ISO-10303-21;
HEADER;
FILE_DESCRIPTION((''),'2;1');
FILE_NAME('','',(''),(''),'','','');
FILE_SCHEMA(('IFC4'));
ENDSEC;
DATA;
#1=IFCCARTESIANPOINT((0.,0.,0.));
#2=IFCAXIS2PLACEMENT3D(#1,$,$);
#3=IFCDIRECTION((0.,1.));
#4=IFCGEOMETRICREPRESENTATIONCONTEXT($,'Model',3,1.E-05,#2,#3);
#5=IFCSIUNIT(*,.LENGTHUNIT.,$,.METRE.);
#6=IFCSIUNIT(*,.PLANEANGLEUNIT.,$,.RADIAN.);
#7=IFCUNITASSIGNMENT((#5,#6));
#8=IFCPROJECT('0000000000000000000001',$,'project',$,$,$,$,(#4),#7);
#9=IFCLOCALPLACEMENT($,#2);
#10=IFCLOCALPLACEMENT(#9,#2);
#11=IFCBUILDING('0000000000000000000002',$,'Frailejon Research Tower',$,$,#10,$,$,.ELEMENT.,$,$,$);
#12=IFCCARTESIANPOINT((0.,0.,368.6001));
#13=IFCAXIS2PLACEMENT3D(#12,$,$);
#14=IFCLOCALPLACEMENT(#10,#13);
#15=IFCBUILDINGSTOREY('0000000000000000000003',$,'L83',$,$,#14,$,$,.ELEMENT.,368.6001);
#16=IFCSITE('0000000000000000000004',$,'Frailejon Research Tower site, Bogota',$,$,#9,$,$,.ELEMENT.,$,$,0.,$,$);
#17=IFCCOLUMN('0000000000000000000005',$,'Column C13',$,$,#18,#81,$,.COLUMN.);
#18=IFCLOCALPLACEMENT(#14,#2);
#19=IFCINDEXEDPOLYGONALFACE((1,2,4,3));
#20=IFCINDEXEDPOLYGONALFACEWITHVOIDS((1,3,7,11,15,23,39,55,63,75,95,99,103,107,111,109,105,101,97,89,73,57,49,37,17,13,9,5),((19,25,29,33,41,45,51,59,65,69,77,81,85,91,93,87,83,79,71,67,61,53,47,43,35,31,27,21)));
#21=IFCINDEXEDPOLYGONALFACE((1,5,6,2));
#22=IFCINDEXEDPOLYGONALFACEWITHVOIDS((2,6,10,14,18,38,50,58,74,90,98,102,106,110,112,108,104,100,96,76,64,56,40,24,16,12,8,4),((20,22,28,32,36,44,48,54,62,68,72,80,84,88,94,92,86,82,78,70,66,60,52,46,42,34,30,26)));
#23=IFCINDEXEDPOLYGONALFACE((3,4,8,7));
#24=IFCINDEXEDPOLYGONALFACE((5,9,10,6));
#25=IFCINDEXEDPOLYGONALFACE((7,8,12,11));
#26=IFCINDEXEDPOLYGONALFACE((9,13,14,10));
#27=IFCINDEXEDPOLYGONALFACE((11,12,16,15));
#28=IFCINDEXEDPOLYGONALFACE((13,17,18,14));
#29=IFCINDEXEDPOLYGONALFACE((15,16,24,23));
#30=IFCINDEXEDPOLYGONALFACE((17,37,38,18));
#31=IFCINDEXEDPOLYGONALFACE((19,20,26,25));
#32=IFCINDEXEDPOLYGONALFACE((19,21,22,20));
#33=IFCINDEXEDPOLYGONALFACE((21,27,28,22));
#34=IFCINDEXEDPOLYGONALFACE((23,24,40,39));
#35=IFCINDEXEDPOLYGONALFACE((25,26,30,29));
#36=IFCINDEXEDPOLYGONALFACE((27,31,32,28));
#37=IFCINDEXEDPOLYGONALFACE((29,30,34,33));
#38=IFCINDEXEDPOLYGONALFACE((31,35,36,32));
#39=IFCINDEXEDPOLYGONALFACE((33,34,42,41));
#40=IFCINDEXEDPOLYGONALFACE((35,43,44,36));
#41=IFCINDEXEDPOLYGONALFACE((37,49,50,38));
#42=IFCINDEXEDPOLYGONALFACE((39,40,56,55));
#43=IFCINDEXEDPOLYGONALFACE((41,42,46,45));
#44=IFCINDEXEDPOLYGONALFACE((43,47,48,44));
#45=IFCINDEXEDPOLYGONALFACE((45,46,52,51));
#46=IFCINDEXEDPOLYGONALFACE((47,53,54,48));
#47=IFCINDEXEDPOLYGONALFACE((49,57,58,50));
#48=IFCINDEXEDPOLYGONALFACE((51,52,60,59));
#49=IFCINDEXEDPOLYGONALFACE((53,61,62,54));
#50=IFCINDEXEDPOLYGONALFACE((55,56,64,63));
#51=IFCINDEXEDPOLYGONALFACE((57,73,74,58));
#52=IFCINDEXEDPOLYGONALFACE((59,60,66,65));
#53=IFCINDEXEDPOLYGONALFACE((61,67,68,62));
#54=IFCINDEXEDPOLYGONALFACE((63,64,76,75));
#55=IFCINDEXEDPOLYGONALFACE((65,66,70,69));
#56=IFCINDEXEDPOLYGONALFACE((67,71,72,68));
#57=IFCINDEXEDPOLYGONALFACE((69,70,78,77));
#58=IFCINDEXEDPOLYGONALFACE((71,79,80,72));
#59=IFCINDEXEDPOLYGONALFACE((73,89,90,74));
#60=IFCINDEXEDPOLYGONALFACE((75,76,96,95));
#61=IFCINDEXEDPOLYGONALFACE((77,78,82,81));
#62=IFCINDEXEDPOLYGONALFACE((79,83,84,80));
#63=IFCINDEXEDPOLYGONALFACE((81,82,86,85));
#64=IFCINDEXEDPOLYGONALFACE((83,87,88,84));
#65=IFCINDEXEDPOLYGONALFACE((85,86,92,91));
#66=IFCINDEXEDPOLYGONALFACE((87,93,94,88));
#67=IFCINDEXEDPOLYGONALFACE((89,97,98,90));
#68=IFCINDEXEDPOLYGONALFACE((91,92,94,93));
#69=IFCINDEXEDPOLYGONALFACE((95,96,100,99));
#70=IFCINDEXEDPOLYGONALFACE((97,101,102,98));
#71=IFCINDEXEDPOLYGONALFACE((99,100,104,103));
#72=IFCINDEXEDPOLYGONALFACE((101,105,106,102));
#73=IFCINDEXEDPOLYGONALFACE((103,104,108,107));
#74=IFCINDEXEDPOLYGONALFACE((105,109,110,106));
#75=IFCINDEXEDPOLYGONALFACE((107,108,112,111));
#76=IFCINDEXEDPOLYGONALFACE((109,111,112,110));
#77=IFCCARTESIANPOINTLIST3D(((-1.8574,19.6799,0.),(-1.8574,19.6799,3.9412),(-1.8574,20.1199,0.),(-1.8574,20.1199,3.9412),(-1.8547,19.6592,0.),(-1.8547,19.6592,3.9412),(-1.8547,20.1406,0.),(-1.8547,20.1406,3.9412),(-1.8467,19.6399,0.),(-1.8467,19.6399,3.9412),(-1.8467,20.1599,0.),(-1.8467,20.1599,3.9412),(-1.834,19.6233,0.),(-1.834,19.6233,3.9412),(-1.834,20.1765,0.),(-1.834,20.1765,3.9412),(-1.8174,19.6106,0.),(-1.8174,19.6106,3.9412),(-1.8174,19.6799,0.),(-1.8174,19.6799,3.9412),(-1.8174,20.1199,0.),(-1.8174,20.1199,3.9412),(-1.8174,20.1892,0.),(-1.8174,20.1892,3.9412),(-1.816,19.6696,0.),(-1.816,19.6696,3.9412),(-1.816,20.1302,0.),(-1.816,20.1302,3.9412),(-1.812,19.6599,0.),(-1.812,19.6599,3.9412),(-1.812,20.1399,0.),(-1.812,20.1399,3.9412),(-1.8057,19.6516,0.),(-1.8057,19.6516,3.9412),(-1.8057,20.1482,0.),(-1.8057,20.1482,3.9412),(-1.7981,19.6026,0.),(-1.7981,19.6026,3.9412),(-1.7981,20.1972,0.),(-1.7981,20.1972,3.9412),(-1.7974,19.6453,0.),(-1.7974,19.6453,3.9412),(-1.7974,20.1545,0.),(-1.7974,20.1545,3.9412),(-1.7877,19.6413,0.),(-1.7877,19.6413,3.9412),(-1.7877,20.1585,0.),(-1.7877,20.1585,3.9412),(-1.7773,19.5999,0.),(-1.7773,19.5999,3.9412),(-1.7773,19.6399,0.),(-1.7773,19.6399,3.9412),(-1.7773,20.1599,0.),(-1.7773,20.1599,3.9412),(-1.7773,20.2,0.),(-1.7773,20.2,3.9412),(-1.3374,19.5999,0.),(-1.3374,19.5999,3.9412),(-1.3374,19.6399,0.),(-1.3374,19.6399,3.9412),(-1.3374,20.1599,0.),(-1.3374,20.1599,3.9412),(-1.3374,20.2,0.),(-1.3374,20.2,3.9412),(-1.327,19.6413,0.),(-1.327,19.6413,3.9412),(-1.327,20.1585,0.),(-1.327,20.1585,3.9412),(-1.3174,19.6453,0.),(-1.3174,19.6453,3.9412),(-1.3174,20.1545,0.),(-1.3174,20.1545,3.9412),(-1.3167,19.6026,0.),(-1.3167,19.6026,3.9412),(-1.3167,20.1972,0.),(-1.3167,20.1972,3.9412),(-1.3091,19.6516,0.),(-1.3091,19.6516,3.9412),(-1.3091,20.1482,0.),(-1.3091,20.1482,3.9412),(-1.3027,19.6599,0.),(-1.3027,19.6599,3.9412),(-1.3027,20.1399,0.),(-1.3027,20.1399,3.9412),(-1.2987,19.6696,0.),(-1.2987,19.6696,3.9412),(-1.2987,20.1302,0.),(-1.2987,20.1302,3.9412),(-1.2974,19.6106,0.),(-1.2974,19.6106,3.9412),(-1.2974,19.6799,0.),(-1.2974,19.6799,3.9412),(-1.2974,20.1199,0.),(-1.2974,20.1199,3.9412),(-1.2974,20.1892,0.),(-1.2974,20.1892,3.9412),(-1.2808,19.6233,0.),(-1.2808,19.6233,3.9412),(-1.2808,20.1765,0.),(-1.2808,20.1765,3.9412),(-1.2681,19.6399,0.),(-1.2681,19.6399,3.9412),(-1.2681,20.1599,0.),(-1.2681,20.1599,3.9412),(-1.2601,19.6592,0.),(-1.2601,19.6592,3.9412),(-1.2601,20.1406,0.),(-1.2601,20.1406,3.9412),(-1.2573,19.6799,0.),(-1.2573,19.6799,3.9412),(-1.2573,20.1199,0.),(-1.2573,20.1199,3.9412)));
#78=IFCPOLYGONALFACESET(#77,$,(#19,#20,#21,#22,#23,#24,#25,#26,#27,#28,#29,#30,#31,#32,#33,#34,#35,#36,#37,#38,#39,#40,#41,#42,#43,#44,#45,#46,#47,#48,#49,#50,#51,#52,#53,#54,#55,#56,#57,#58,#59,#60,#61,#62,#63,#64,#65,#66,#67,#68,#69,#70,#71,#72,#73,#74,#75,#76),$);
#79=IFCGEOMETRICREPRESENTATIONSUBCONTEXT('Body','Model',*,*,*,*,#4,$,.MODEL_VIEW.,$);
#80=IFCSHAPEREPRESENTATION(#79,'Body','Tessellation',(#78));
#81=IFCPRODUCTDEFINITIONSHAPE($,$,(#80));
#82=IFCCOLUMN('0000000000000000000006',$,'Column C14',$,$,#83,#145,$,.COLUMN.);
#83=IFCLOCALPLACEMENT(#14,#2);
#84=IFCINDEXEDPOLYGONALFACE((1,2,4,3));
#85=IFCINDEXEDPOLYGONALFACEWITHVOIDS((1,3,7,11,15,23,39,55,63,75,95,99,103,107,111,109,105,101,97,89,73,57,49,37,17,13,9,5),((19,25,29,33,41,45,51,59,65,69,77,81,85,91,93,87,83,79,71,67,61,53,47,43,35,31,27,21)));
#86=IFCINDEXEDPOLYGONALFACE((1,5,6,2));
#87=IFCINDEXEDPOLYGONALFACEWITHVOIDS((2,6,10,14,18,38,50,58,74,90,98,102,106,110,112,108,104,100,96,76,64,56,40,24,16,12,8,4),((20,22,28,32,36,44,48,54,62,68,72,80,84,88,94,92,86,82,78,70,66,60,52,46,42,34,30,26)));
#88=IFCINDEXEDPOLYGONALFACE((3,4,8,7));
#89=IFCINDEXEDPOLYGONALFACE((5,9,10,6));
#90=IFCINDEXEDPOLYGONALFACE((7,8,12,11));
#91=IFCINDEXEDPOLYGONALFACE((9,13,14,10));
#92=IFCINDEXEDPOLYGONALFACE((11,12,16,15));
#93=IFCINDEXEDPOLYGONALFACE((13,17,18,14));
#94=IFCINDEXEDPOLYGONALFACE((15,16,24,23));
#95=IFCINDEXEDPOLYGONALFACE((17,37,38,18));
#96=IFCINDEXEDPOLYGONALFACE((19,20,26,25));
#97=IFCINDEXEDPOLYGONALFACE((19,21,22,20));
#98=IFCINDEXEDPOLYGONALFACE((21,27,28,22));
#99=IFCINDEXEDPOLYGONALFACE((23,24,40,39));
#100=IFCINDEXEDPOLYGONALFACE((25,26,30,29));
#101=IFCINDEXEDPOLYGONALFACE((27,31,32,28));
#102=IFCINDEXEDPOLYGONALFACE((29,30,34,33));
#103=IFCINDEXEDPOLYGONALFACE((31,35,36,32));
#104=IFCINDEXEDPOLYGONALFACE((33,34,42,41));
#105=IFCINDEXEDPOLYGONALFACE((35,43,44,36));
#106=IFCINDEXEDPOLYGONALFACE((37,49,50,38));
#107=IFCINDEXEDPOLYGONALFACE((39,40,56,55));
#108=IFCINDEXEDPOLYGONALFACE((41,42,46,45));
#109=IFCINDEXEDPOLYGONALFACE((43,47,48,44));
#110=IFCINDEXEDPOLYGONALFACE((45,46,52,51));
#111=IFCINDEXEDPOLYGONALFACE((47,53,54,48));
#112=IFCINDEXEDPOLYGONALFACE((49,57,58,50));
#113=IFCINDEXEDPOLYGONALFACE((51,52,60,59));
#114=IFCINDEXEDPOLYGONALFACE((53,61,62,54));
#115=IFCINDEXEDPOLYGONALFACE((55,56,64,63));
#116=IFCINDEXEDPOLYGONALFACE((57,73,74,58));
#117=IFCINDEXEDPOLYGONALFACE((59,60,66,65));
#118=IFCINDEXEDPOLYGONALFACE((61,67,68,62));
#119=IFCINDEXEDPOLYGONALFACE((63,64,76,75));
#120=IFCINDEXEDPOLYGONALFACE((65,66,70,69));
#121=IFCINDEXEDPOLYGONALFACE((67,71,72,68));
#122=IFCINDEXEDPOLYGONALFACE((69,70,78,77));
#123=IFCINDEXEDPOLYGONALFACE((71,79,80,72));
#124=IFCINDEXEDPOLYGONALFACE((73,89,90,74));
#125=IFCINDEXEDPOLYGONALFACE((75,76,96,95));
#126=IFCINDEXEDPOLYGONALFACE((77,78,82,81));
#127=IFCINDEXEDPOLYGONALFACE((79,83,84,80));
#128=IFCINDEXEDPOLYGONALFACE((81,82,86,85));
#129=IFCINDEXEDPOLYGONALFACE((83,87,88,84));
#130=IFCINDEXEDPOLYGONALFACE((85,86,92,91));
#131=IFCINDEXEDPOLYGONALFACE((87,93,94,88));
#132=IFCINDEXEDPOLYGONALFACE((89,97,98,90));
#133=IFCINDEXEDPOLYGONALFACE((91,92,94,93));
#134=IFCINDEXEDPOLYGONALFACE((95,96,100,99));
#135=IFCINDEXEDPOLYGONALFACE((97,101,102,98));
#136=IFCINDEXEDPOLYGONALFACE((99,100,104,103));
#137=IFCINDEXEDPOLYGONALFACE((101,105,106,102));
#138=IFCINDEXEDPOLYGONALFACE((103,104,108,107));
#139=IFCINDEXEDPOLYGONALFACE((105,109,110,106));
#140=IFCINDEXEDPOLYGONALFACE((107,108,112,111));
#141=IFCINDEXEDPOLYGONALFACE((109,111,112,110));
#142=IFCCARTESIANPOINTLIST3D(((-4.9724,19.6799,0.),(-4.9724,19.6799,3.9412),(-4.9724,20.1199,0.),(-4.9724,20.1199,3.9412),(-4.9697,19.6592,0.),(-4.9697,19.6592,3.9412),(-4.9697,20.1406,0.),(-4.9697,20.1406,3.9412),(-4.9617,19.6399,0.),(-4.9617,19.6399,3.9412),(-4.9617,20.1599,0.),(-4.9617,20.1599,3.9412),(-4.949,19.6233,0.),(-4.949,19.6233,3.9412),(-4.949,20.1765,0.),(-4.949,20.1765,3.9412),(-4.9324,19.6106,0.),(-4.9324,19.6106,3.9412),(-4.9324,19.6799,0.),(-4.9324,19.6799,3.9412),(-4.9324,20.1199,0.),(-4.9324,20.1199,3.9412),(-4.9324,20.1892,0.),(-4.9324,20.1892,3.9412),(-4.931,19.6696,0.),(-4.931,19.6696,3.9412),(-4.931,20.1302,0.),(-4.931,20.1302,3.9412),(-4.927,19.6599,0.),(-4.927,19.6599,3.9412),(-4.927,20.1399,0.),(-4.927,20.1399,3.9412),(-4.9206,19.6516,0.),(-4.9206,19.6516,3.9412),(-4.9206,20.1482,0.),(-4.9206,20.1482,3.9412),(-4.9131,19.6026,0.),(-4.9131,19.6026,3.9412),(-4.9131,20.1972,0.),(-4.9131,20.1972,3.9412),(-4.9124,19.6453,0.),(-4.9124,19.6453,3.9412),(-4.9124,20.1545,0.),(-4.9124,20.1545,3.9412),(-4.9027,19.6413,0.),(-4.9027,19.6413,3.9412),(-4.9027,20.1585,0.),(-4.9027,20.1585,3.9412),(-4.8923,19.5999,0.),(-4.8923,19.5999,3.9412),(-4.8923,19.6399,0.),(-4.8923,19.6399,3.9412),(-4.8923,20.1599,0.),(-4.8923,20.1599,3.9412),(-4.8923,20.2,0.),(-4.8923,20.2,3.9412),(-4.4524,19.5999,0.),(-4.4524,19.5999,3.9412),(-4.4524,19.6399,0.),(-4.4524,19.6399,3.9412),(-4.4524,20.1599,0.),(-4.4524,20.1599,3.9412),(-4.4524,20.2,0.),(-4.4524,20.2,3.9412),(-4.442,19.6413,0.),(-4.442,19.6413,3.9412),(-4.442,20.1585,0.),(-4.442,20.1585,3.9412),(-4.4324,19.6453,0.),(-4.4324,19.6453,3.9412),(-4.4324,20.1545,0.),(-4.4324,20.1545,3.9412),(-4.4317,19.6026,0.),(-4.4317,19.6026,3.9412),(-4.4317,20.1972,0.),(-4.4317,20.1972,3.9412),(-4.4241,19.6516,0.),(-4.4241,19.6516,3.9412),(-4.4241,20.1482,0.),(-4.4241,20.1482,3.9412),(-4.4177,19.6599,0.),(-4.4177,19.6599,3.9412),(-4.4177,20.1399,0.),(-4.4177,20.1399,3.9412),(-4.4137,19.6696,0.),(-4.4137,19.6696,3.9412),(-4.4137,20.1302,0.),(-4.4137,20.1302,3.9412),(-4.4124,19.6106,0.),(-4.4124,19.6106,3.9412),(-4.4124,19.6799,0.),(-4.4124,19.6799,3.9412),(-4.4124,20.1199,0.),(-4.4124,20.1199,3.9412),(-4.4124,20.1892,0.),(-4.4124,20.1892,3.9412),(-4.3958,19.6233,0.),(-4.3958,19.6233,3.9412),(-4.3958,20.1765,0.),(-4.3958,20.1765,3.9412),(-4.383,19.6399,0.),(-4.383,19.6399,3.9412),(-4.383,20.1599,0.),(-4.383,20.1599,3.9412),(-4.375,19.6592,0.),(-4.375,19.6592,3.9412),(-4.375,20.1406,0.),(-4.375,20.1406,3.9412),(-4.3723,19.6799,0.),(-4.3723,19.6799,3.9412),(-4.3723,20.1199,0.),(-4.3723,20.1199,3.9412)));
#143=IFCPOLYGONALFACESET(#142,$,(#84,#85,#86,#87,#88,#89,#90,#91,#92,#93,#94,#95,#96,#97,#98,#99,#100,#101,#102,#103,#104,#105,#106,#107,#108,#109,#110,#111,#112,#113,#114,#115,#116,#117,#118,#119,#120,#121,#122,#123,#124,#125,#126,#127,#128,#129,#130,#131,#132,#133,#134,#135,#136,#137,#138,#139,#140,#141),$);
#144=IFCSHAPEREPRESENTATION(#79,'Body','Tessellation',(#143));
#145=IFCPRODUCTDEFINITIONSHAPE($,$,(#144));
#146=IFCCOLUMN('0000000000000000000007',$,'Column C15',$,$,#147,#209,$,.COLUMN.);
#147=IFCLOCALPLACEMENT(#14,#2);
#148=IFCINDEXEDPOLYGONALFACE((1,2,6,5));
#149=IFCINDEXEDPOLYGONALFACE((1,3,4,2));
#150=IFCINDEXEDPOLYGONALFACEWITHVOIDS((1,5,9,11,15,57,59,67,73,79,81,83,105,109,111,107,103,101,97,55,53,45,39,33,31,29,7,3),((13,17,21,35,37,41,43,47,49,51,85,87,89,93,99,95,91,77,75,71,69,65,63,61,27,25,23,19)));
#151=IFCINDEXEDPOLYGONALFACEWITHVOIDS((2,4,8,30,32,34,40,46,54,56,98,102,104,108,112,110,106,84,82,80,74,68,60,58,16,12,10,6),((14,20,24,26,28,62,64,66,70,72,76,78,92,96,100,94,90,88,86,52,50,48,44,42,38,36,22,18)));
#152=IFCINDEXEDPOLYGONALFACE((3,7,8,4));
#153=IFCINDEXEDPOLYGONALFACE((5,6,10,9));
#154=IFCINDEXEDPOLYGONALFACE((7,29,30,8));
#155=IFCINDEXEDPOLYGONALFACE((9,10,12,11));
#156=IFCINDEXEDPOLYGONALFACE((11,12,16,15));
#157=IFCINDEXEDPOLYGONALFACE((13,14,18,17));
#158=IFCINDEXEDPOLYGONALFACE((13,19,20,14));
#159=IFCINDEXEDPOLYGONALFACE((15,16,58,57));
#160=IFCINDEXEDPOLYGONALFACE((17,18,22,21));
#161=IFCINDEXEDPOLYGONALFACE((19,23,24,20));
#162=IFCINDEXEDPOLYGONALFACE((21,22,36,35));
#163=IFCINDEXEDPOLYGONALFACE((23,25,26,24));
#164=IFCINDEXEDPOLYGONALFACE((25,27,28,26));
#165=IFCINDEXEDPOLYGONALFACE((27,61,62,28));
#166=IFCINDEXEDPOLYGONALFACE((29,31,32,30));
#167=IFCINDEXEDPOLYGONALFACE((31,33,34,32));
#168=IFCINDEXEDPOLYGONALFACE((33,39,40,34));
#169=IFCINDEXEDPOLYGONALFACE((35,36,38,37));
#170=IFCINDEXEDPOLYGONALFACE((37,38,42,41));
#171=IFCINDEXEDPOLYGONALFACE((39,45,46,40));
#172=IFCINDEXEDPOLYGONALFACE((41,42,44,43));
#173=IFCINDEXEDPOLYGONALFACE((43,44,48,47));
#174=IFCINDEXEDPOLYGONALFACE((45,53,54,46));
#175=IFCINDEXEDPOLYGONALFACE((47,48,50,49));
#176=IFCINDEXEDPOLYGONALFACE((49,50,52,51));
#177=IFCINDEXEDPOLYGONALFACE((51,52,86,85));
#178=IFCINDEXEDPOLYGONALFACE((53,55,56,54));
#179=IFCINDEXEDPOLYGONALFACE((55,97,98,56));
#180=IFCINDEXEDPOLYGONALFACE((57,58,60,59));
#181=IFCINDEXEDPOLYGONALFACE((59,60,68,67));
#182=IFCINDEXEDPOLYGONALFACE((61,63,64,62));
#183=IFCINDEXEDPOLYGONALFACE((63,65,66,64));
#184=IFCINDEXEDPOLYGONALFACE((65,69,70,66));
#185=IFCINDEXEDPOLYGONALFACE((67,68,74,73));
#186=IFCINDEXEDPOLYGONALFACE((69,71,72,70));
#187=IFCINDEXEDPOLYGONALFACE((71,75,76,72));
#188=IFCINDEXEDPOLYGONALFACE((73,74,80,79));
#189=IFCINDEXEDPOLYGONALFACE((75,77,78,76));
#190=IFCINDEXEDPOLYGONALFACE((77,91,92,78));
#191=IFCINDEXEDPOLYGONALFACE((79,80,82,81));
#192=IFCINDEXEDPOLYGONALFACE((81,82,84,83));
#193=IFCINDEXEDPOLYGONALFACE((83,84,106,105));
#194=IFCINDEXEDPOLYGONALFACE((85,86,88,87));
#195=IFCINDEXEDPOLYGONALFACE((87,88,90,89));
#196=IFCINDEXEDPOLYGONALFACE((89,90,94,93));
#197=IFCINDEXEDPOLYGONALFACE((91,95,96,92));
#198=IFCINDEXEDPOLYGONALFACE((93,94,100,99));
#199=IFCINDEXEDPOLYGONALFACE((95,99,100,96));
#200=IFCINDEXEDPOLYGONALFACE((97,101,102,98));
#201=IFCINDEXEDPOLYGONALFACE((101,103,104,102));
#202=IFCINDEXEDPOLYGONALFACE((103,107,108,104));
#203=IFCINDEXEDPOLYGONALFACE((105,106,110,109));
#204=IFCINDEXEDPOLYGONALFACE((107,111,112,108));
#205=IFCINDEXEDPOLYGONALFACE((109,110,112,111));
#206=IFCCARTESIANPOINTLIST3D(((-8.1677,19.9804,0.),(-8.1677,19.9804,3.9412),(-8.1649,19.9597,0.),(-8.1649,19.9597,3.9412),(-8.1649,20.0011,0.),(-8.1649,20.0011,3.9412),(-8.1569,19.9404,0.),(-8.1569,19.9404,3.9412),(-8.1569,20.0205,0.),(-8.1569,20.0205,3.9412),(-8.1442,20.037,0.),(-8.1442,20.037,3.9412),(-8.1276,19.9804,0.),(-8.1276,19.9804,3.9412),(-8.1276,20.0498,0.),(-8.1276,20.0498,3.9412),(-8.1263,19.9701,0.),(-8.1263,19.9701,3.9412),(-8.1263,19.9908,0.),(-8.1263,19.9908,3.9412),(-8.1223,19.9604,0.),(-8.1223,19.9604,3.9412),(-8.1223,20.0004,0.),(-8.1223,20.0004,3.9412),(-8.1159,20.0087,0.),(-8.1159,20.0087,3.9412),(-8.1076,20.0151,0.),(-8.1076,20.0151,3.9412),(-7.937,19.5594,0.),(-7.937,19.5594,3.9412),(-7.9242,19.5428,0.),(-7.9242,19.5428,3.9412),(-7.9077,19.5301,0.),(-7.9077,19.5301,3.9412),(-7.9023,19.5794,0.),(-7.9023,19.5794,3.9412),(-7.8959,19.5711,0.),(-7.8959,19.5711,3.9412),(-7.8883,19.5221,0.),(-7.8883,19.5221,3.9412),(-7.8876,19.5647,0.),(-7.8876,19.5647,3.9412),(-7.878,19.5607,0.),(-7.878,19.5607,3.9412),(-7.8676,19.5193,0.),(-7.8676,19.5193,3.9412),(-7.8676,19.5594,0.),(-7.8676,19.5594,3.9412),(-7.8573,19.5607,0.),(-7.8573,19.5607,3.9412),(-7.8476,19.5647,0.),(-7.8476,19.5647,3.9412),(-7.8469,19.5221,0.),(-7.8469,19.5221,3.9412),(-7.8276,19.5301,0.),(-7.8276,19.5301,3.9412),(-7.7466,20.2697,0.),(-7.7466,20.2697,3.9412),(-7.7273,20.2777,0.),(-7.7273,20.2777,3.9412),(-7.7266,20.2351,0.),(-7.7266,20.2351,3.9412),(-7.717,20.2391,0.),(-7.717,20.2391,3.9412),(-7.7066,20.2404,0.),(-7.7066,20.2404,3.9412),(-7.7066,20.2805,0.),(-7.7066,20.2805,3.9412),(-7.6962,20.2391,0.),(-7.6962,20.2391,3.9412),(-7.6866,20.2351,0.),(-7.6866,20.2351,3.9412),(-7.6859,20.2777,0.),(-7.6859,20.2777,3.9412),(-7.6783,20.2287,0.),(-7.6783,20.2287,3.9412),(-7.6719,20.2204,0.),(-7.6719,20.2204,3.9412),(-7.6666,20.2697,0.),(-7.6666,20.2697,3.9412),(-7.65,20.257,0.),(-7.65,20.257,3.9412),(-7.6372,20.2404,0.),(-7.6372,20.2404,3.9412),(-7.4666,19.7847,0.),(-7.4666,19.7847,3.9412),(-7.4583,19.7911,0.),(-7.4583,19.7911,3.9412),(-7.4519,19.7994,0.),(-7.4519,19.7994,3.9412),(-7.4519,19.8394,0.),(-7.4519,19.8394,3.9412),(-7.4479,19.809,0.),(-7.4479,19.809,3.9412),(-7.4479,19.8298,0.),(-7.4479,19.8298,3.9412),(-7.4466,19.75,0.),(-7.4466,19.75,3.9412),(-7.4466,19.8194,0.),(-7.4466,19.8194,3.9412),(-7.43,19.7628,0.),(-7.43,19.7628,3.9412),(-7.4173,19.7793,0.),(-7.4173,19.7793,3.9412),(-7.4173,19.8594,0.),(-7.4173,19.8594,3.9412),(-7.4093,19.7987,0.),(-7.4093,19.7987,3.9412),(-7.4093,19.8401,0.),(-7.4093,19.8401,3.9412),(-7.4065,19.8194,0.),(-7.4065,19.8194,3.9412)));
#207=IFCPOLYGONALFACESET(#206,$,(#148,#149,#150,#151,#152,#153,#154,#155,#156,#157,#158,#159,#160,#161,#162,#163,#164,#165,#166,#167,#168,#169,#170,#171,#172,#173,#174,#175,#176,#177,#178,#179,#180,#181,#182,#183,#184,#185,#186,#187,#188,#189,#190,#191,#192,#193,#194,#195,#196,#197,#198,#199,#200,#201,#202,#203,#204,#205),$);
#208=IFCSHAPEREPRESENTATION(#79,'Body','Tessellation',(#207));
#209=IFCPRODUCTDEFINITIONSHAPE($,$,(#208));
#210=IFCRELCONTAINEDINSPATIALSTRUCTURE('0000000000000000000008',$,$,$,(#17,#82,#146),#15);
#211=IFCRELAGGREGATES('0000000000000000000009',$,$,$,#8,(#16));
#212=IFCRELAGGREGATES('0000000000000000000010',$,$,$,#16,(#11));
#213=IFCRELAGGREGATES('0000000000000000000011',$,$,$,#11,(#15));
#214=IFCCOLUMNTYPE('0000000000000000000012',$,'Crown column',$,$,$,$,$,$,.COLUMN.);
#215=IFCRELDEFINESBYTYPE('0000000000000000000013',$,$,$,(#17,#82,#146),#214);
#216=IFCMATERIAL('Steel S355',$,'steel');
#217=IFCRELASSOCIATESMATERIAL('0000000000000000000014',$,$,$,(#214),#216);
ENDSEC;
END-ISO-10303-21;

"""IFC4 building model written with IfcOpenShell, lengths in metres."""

from ifc_helpers import new_model, si_unit, direction, frame, origin, origin_2d, place, context, subcontext, project, spatial, hollow_rectangle, extrude, material, material_profile, profile_set, type_object, element, save


model = new_model("IFC4")

# Units and contexts
model_context = context("Model", 3, precision=1e-05, world=origin(), true_north=direction((0.0, 1.0)))
body_context = subcontext(model_context, "Body", "Model", "MODEL_VIEW")
ifc_project = project(units=[si_unit("LENGTHUNIT", "METRE"), si_unit("PLANEANGLEUNIT", "RADIAN")], contexts=[model_context])

# Site, building, storey
site_placement = place(None, origin())
site = spatial("IfcSite", under=ifc_project, at=site_placement, Name="Frailejon Research Tower site, Bogota", CompositionType="ELEMENT", RefElevation=0.0)
building_placement = place(site_placement, origin())
building = spatial("IfcBuilding", under=site, at=building_placement, Name="Frailejon Research Tower", CompositionType="ELEMENT")
storey_placement = place(building_placement, frame((0.0, 0.0, 368.6001)))
storey = spatial("IfcBuildingStorey", under=building, at=storey_placement, Name="L83", CompositionType="ELEMENT", Elevation=368.6001)

# Columns
ifc_material_1 = material(Name="Steel S355", Category="steel")
ifc_material_profile_1 = material_profile(ifc_material_1, hollow_rectangle(XDim=0.6001, YDim=0.6001, WallThickness=0.04, InnerFilletRadius=0.04, OuterFilletRadius=0.0801, at=origin_2d()), Name="Crown column")
ifc_profile_set_1 = profile_set([ifc_material_profile_1], Name="Steel S355")
column_type = type_object("IfcColumnType", Name="Crown column", PredefinedType="COLUMN", material=ifc_profile_set_1)
for number, where, z_axis, x_axis, name in (
    (1, (-1.5574, 19.8999, 0.0), (0.0, 0.0, 1.0), (-1.0, 0.0, 0.0), "Column C13"),
    (2, (-4.6724, 19.8999, 0.0), (0.0, 0.0, 1.0), (-1.0, 0.0, 0.0), "Column C14"),
    (3, (-7.7871, 19.8999, 0.0), (0.0, 0.0, 1.0), (-0.866025, -0.5, 0.0), "Column C15"),
):
    element("IfcColumn", number, at=place(storey_placement, frame(where, z_axis=z_axis, x_axis=x_axis)), inside=storey, type_object=column_type, Name=name, PredefinedType="COLUMN", context=body_context, shape_type="SweptSolid", body=[
        extrude(hollow_rectangle(XDim=0.6001, YDim=0.6001, WallThickness=0.04, InnerFilletRadius=0.04, OuterFilletRadius=0.0801, at=origin_2d()), origin(), (0.0, 0.0, 1.0), 3.9412),
    ])

save(model, "model.ifc")
